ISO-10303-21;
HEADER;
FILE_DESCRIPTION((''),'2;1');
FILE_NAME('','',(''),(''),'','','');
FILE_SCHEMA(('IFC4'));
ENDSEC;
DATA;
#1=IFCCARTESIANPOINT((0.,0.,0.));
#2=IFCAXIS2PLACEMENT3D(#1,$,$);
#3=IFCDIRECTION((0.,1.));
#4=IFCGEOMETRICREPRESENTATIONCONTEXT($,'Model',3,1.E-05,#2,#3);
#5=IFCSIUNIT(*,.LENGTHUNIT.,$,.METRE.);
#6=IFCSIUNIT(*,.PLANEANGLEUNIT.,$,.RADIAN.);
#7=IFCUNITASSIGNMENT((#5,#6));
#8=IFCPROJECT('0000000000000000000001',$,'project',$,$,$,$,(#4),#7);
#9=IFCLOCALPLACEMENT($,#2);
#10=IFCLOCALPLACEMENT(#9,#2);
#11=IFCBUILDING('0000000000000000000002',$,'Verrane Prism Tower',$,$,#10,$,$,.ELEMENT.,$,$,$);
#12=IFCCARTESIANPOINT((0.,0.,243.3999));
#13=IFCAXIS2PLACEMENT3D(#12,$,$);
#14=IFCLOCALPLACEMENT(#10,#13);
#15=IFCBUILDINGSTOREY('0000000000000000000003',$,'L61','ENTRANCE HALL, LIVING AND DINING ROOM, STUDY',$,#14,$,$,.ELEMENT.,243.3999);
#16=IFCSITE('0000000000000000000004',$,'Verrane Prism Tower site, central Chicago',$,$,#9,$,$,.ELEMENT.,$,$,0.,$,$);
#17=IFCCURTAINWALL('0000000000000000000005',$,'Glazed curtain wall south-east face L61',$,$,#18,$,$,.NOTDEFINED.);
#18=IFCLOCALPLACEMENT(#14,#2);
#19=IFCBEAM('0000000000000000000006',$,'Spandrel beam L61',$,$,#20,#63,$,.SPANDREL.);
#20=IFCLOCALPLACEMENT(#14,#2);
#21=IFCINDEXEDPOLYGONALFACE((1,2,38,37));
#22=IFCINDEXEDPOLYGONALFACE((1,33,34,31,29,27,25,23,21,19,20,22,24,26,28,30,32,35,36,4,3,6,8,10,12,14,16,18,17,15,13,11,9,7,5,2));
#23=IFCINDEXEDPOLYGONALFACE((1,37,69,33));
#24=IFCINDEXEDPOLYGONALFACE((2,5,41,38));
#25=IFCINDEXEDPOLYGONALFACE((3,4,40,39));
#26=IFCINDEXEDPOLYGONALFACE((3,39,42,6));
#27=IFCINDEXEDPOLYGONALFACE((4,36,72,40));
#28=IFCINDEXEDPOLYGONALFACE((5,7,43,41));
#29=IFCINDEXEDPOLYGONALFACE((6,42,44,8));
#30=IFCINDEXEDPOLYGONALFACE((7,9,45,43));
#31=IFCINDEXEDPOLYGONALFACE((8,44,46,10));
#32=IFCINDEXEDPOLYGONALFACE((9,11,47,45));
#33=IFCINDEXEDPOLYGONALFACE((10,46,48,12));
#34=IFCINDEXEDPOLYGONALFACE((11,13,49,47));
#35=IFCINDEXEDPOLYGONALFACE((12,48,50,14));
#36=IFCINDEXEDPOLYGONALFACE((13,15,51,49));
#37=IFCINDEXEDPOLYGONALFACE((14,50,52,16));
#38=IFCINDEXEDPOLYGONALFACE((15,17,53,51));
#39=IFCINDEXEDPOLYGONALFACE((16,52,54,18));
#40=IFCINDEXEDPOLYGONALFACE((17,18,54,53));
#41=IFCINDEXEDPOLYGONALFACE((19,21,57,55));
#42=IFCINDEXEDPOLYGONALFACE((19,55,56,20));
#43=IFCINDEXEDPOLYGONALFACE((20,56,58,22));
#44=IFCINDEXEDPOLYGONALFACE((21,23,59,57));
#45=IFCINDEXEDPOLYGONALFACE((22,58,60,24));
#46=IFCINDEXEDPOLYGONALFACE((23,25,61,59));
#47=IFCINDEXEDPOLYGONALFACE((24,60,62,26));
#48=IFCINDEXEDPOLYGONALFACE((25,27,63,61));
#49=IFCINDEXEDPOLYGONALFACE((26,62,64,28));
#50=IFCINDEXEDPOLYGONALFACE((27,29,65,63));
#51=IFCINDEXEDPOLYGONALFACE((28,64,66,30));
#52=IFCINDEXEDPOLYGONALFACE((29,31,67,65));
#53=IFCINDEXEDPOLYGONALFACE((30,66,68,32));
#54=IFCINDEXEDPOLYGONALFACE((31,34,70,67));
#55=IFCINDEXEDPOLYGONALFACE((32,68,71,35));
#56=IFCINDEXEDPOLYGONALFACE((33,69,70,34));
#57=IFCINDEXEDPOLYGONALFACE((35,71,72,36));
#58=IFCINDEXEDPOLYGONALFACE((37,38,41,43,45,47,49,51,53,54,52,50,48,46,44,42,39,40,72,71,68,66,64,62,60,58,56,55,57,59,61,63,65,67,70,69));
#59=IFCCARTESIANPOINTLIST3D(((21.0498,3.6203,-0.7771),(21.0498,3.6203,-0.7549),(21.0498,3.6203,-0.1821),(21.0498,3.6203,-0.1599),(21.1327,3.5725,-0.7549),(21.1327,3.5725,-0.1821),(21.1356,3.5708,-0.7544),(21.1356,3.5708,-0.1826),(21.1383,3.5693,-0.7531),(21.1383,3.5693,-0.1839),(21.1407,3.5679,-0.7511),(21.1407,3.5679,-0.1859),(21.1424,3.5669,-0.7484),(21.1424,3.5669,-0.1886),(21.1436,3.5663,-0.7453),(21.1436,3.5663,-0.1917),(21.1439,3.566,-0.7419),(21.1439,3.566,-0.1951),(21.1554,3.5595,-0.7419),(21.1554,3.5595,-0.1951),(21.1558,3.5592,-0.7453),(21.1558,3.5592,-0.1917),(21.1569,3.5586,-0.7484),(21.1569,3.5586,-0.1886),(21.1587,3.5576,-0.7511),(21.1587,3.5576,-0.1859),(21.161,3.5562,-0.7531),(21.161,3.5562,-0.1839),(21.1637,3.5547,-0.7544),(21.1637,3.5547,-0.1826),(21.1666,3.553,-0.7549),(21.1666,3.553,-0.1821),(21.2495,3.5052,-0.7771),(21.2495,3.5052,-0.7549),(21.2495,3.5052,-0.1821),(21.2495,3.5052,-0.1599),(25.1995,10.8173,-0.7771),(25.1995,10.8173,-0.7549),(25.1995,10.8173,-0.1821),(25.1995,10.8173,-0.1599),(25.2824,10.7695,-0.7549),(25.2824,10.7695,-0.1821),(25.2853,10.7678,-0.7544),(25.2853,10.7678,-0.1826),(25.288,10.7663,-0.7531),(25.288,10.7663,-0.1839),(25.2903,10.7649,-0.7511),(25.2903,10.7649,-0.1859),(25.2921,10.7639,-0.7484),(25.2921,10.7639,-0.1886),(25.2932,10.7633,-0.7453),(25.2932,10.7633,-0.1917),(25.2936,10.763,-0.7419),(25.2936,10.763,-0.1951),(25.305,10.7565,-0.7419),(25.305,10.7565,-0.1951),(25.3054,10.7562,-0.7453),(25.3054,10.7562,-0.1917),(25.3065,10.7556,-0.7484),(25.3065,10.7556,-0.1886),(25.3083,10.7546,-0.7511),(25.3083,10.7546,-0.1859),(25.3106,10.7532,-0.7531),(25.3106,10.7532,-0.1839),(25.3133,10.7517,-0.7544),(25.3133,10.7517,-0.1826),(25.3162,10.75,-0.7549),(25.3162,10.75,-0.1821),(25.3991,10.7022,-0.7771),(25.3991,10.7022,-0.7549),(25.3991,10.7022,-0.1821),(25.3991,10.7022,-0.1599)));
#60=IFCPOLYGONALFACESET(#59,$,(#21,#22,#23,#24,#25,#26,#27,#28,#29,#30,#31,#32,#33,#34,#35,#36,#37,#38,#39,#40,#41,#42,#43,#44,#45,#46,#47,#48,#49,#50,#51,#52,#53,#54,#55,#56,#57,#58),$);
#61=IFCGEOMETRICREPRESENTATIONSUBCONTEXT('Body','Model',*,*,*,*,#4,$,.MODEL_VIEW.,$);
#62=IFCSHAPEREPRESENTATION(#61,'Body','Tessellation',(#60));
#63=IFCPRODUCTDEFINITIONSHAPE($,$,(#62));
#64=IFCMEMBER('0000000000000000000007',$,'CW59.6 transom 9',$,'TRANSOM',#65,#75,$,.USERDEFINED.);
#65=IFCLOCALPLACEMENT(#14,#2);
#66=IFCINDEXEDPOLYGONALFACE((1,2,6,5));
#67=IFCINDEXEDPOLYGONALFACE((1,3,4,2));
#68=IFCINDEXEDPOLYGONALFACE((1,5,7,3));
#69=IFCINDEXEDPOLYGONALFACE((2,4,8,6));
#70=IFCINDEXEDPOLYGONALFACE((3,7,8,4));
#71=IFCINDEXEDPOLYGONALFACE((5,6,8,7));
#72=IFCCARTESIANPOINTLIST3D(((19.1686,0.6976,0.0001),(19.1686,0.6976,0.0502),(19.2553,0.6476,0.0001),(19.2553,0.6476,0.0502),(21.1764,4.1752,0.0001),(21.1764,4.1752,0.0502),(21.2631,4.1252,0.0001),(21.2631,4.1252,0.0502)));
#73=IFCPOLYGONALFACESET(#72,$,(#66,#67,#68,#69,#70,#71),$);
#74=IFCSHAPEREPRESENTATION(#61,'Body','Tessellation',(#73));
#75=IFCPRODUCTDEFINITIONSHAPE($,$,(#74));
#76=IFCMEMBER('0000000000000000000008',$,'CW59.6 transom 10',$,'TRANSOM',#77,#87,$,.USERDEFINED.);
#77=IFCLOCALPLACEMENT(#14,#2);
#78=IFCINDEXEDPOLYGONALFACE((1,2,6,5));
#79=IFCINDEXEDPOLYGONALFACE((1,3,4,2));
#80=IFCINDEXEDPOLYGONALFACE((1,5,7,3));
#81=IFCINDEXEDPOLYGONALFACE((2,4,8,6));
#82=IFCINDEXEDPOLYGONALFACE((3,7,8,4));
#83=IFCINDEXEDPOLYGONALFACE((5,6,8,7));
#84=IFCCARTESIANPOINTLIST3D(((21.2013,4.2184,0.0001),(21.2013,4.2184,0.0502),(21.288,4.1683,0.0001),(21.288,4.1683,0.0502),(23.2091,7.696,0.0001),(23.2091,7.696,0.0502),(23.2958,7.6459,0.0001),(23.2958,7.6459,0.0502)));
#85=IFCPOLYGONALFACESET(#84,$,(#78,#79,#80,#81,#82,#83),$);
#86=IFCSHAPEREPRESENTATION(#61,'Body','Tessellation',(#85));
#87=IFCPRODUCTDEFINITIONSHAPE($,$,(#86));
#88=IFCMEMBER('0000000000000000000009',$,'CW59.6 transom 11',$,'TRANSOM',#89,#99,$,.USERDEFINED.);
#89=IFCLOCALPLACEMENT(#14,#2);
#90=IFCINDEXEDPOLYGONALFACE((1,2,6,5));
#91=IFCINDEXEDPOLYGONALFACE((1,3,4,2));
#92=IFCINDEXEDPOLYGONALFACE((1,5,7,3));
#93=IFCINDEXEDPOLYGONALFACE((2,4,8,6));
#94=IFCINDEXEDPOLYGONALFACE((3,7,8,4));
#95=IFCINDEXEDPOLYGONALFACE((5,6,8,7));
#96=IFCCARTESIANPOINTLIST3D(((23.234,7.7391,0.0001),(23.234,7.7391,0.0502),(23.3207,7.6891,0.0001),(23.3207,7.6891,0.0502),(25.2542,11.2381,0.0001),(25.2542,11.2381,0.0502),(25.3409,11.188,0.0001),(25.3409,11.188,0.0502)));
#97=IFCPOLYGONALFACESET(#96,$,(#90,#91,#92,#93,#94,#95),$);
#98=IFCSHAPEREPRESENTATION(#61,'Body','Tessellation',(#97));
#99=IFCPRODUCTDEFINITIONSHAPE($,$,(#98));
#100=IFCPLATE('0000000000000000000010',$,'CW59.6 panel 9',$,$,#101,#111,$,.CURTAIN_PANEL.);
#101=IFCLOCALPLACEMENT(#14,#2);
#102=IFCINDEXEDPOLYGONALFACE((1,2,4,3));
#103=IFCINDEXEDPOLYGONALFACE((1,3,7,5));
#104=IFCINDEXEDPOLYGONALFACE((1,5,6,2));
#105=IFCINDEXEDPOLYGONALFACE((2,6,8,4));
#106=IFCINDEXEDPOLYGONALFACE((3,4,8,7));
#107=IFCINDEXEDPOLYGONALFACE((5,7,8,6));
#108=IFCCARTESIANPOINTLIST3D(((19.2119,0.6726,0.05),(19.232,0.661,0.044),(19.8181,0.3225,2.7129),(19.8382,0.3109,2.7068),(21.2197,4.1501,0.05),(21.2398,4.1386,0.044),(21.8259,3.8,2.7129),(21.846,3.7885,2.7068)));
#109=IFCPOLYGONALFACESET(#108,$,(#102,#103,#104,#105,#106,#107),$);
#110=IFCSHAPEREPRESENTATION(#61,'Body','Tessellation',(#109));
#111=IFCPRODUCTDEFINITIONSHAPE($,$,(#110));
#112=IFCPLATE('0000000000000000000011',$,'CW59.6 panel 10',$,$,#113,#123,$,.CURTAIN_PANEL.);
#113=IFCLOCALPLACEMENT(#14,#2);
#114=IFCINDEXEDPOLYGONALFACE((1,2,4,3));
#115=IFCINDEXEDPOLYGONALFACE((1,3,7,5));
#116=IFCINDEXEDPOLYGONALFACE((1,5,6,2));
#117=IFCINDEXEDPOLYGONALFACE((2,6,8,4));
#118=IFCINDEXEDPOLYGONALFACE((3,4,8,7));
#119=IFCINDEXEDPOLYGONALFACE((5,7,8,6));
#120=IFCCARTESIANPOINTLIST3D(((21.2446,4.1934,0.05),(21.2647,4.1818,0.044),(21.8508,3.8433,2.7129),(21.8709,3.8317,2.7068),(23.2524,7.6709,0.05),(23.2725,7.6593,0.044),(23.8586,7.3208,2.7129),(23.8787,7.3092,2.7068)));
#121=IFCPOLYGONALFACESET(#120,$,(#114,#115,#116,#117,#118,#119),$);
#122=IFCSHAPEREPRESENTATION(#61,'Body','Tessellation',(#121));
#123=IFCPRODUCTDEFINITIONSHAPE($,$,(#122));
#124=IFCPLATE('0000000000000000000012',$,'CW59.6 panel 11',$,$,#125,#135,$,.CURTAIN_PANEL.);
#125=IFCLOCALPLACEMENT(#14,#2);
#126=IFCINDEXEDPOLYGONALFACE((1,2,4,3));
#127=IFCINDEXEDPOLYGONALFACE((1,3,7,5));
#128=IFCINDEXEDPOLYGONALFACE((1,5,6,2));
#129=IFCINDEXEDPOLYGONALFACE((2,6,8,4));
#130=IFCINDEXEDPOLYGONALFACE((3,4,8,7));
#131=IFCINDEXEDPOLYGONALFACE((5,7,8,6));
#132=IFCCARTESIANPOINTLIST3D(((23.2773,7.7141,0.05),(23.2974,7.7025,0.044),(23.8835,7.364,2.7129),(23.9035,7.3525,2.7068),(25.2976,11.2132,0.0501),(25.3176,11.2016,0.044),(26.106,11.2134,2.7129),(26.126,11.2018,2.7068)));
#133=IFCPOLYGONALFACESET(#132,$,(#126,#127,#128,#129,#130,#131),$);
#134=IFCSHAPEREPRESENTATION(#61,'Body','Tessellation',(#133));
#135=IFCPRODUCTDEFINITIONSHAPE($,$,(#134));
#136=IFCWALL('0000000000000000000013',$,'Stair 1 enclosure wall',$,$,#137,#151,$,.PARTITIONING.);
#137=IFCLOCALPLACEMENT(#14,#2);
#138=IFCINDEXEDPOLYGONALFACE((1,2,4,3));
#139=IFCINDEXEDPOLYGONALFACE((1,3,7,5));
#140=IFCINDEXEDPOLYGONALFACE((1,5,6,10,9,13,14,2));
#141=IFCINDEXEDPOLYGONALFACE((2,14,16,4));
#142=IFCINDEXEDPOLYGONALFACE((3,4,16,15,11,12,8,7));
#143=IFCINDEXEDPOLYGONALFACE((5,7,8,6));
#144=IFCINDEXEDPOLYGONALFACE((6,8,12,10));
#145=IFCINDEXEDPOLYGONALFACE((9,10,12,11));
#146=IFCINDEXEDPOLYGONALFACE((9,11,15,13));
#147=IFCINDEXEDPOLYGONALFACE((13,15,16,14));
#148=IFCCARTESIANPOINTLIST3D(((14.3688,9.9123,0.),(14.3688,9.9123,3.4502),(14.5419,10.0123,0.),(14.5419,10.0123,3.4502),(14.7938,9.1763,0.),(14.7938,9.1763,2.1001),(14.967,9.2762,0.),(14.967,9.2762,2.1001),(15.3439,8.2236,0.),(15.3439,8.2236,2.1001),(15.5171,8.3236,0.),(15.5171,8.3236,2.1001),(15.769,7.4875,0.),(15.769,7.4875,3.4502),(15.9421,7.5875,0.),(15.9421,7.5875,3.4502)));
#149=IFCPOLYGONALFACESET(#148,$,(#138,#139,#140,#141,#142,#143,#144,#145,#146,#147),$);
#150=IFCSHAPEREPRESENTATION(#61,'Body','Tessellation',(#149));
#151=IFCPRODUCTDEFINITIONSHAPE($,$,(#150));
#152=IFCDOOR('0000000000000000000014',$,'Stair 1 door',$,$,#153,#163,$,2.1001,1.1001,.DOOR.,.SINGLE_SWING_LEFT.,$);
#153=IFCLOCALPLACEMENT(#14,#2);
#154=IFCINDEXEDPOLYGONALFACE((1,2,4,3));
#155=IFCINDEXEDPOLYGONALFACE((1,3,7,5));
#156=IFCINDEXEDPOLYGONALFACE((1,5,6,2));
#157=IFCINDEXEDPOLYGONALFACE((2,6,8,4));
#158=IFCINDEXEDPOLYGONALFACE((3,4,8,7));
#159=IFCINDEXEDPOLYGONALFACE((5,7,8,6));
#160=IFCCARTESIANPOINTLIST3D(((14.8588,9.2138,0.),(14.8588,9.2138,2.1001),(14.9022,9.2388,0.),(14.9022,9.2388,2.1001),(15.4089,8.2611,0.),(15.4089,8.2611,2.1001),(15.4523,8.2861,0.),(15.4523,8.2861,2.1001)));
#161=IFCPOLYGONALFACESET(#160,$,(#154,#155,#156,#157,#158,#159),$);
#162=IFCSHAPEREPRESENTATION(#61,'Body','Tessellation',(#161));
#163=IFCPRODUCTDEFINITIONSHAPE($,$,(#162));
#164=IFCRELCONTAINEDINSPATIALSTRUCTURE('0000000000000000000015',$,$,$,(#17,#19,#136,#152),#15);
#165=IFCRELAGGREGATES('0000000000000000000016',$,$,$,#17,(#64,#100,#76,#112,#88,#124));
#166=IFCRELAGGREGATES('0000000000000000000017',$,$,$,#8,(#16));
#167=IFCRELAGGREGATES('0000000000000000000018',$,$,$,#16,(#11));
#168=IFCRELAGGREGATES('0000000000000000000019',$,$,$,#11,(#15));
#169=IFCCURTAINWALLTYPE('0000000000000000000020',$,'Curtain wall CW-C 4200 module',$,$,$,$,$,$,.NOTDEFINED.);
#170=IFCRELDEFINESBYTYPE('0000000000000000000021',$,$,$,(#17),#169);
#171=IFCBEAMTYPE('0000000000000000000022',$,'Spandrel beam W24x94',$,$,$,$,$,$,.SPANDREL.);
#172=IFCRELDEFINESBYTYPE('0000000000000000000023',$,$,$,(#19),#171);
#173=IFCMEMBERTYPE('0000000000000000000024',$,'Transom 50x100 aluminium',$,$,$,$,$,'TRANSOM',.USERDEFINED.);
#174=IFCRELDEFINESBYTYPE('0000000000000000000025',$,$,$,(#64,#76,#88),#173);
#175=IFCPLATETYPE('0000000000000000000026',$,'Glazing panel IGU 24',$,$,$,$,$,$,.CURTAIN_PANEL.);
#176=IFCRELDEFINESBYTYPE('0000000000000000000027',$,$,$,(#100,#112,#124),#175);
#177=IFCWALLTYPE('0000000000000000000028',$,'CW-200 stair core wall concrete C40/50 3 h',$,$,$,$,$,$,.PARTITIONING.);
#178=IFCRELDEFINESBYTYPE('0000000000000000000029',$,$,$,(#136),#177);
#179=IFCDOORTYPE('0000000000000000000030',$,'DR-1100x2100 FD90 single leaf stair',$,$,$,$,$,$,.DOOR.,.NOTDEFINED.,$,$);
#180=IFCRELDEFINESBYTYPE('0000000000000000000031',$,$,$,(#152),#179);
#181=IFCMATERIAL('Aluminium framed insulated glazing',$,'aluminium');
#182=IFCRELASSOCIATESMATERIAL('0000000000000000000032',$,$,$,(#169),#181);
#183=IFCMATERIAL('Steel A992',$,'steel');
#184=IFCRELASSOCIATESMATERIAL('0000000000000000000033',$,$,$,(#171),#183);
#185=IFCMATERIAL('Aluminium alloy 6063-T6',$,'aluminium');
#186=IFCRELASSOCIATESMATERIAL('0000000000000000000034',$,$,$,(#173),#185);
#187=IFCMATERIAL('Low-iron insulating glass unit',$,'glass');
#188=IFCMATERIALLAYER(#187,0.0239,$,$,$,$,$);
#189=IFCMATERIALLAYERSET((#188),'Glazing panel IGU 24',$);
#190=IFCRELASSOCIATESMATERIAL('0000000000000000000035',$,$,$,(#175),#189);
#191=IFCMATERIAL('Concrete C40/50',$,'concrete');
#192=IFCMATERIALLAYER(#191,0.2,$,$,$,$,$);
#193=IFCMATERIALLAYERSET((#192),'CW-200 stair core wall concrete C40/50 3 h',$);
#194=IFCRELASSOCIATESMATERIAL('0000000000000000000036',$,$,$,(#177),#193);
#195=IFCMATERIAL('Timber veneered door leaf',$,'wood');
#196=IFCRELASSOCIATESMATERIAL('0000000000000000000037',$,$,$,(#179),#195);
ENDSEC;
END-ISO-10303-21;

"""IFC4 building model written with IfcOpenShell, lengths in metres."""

from ifc_helpers import new_model, si_unit, direction, frame, frame_2d, origin, origin_2d, place, context, subcontext, project, spatial, polyline, rectangle, i_section, outline, extrude, material, layer, layer_set, material_profile, profile_set, type_object, element, fill, aggregate, save


model = new_model("IFC4")

# Units and contexts
model_context = context("Model", 3, precision=1e-05, world=origin(), true_north=direction((0.0, 1.0)))
body_context = subcontext(model_context, "Body", "Model", "MODEL_VIEW")
ifc_project = project(units=[si_unit("LENGTHUNIT", "METRE"), si_unit("PLANEANGLEUNIT", "RADIAN")], contexts=[model_context])

# Site, building, storey
site_placement = place(None, origin())
site = spatial("IfcSite", under=ifc_project, at=site_placement, Name="Verrane Prism Tower site, central Chicago", CompositionType="ELEMENT", RefElevation=0.0)
building_placement = place(site_placement, origin())
building = spatial("IfcBuilding", under=site, at=building_placement, Name="Verrane Prism Tower", CompositionType="ELEMENT")
storey_placement = place(building_placement, frame((0.0, 0.0, 243.3999)))
storey = spatial("IfcBuildingStorey", under=building, at=storey_placement, Name="L61", Description="ENTRANCE HALL, LIVING AND DINING ROOM, STUDY", CompositionType="ELEMENT", Elevation=243.3999)

# Curtain wall
ifc_material_1 = material(Name="Aluminium framed insulated glazing", Category="aluminium")
curtain_wall_type = type_object("IfcCurtainWallType", Name="Curtain wall CW-C 4200 module", PredefinedType="NOTDEFINED", material=ifc_material_1)
curtain_wall_placement = place(storey_placement, origin())
curtain_wall = element("IfcCurtainWall", 1, at=curtain_wall_placement, inside=storey, type_object=curtain_wall_type, Name="Glazed curtain wall south-east face L61", PredefinedType="NOTDEFINED")

# Beam
ifc_material_2 = material(Name="Steel A992", Category="steel")
ifc_material_profile_1 = material_profile(ifc_material_2, i_section(OverallWidth=0.2305, OverallDepth=0.6172, WebThickness=0.0132, FlangeThickness=0.0222, FilletRadius=0.0129, at=origin_2d()), Name="W24x94")
ifc_profile_set_1 = profile_set([ifc_material_profile_1], Name="Steel A992")
beam_type_1 = type_object("IfcBeamType", Name="Spandrel beam W24x94", PredefinedType="SPANDREL", material=ifc_profile_set_1)
beam_1_placement = place(storey_placement, frame((21.1497, 3.5627, -0.4685), z_axis=(0.499499, 0.866314, 0.0), x_axis=(-0.866314, 0.499499, 0.0)))
element("IfcBeam", 2, at=beam_1_placement, inside=storey, type_object=beam_type_1, Name="Spandrel beam L61", PredefinedType="SPANDREL", context=body_context, shape_type="SweptSolid", body=[
    extrude(i_section(OverallWidth=0.2305, OverallDepth=0.6172, WebThickness=0.0132, FlangeThickness=0.0222, FilletRadius=0.0129, at=origin_2d()), origin(), (0.0, 0.0, 1.0), 8.3076),
])

# Members
ifc_material_3 = material(Name="Aluminium alloy 6063-T6", Category="aluminium")
ifc_material_profile_2 = material_profile(ifc_material_3, rectangle(XDim=0.1001, YDim=0.05, at=origin_2d()), Name="Transom 50x100 aluminium")
ifc_profile_set_2 = profile_set([ifc_material_profile_2], Name="Aluminium alloy 6063-T6")
member_type_1 = type_object("IfcMemberType", Name="Transom 50x100 aluminium", ElementType="TRANSOM", PredefinedType="USERDEFINED", material=ifc_profile_set_2)
member_1_placement = place(storey_placement, frame((19.2119, 0.6726, 0.0251), z_axis=(0.50001, 0.86602, 0.0), x_axis=(-0.86602, 0.50001, 0.0)))
member_1 = element("IfcMember", 3, at=member_1_placement, type_object=member_type_1, Name="CW59.6 transom 9", ObjectType="TRANSOM", PredefinedType="USERDEFINED", context=body_context, shape_type="SweptSolid", body=[
    extrude(rectangle(XDim=0.1001, YDim=0.05, at=origin_2d()), origin(), (0.0, 0.0, 1.0), 4.0156),
])
member_2_placement = place(storey_placement, frame((21.2446, 4.1934, 0.0251), z_axis=(0.50001, 0.86602, 0.0), x_axis=(-0.86602, 0.50001, 0.0)))
member_2 = element("IfcMember", 4, at=member_2_placement, type_object=member_type_1, Name="CW59.6 transom 10", ObjectType="TRANSOM", PredefinedType="USERDEFINED", context=body_context, shape_type="SweptSolid", body=[
    extrude(rectangle(XDim=0.1001, YDim=0.05, at=origin_2d()), origin(), (0.0, 0.0, 1.0), 4.0156),
])
member_3_placement = place(storey_placement, frame((23.2773, 7.7141, 0.0251), z_axis=(0.500019, 0.866015, 0.0), x_axis=(-0.866015, 0.500019, 0.0)))
member_3 = element("IfcMember", 5, at=member_3_placement, type_object=member_type_1, Name="CW59.6 transom 11", ObjectType="TRANSOM", PredefinedType="USERDEFINED", context=body_context, shape_type="SweptSolid", body=[
    extrude(rectangle(XDim=0.1001, YDim=0.05, at=origin_2d()), origin(), (0.0, 0.0, 1.0), 4.0403),
])

# Plates
ifc_material_4 = material(Name="Low-iron insulating glass unit", Category="glass")
ifc_layer_1 = layer(ifc_material_4, 0.0239)
ifc_layer_set_1 = layer_set([ifc_layer_1], Name="Glazing panel IGU 24")
plate_type = type_object("IfcPlateType", Name="Glazing panel IGU 24", PredefinedType="CURTAIN_PANEL", material=ifc_layer_set_1)
plate_1_placement = place(storey_placement, frame((19.2119, 0.6726, 0.05), z_axis=(-0.837561, 0.483579, 0.254251), x_axis=(0.50001, 0.86602, 0.0)))
plate_1 = element("IfcPlate", 6, at=plate_1_placement, type_object=plate_type, Name="CW59.6 panel 9", PredefinedType="CURTAIN_PANEL", context=body_context, shape_type="SweptSolid", body=[
    extrude(outline(polyline([(0.0, 0.0), (4.0155, 0.0), (4.0155, -2.7533), (-0.0001, -2.7533), (0.0, 0.0)])), origin(), (0.0, 0.0, -1.0), 0.0239),
])
plate_2_placement = place(storey_placement, frame((21.2446, 4.1934, 0.05), z_axis=(-0.837561, 0.483579, 0.254251), x_axis=(0.50001, 0.86602, 0.0)))
plate_2 = element("IfcPlate", 7, at=plate_2_placement, type_object=plate_type, Name="CW59.6 panel 10", PredefinedType="CURTAIN_PANEL", context=body_context, shape_type="SweptSolid", body=[
    extrude(outline(polyline([(0.0, 0.0), (4.0155, 0.0), (4.0155, -2.7533), (-0.0001, -2.7533), (0.0, 0.0)])), origin(), (0.0, 0.0, -1.0), 0.0239),
])
plate_3_placement = place(storey_placement, frame((23.2773, 7.7141, 0.05), z_axis=(-0.837566, 0.483579, 0.254233), x_axis=(0.500008, 0.866021, 0.000003)))
plate_3 = element("IfcPlate", 8, at=plate_3_placement, type_object=plate_type, Name="CW59.6 panel 11", PredefinedType="CURTAIN_PANEL", context=body_context, shape_type="SweptSolid", body=[
    extrude(outline(polyline([(0.0, 0.0), (4.0404, 0.0), (4.4448, -2.7533), (-0.0001, -2.7533), (0.0, 0.0)])), origin(), (0.0, 0.0, -1.0), 0.0239),
])
aggregate(curtain_wall, [member_1, plate_1, member_2, plate_2, member_3, plate_3])

# Wall, opening, door
ifc_material_5 = material(Name="Concrete C40/50", Category="concrete")
ifc_layer_2 = layer(ifc_material_5, 0.2)
ifc_layer_set_2 = layer_set([ifc_layer_2], Name="CW-200 stair core wall concrete C40/50 3 h")
wall_type_1 = type_object("IfcWallType", Name="CW-200 stair core wall concrete C40/50 3 h", PredefinedType="PARTITIONING", material=ifc_layer_set_2)
wall_1_placement = place(storey_placement, frame((15.8555, 7.5376, 0.0), z_axis=(0.0, 0.0, 1.0), x_axis=(-0.50005, 0.865997, 0.0)))
wall_1 = element("IfcWall", 9, at=wall_1_placement, inside=storey, type_object=wall_type_1, Name="Stair 1 enclosure wall", PredefinedType="PARTITIONING", context=body_context, shape_type="SweptSolid", body=[
    extrude(rectangle(XDim=2.8, YDim=0.2, at=frame_2d((1.3999, 0.0))), origin(), (0.0, 0.0, 1.0), 3.4502),
])
opening_1_placement = place(wall_1_placement, frame((0.8499, 0.0, 0.0)))
opening_1 = element("IfcOpeningElement", 10, at=opening_1_placement, cuts=wall_1, PredefinedType="OPENING", context=body_context, shape_type="SweptSolid", body=[
    extrude(rectangle(XDim=1.1001, YDim=2.1001, at=frame_2d((0.55, 1.05))), frame((0.0, 0.1099, 0.0), z_axis=(0.0, -1.0, 0.0), x_axis=(1.0, 0.0, 0.0)), (0.0, 0.0, 1.0), 0.22),
])
ifc_material_6 = material(Name="Timber veneered door leaf", Category="wood")
door_type_1 = type_object("IfcDoorType", Name="DR-1100x2100 FD90 single leaf stair", OperationType="NOTDEFINED", PredefinedType="DOOR", material=ifc_material_6)
door_1_placement = place(opening_1_placement, origin())
door_1 = element("IfcDoor", 11, at=door_1_placement, inside=storey, type_object=door_type_1, Name="Stair 1 door", OperationType="SINGLE_SWING_LEFT", OverallHeight=2.1001, OverallWidth=1.1001, PredefinedType="DOOR", context=body_context, shape_type="SweptSolid", body=[
    extrude(rectangle(XDim=1.1001, YDim=2.1001, at=frame_2d((0.55, 1.05))), frame((0.0, 0.0249, 0.0), z_axis=(0.0, -1.0, 0.0), x_axis=(1.0, 0.0, 0.0)), (0.0, 0.0, 1.0), 0.05),
])
fill(opening_1, door_1)

save(model, "model.ifc")
